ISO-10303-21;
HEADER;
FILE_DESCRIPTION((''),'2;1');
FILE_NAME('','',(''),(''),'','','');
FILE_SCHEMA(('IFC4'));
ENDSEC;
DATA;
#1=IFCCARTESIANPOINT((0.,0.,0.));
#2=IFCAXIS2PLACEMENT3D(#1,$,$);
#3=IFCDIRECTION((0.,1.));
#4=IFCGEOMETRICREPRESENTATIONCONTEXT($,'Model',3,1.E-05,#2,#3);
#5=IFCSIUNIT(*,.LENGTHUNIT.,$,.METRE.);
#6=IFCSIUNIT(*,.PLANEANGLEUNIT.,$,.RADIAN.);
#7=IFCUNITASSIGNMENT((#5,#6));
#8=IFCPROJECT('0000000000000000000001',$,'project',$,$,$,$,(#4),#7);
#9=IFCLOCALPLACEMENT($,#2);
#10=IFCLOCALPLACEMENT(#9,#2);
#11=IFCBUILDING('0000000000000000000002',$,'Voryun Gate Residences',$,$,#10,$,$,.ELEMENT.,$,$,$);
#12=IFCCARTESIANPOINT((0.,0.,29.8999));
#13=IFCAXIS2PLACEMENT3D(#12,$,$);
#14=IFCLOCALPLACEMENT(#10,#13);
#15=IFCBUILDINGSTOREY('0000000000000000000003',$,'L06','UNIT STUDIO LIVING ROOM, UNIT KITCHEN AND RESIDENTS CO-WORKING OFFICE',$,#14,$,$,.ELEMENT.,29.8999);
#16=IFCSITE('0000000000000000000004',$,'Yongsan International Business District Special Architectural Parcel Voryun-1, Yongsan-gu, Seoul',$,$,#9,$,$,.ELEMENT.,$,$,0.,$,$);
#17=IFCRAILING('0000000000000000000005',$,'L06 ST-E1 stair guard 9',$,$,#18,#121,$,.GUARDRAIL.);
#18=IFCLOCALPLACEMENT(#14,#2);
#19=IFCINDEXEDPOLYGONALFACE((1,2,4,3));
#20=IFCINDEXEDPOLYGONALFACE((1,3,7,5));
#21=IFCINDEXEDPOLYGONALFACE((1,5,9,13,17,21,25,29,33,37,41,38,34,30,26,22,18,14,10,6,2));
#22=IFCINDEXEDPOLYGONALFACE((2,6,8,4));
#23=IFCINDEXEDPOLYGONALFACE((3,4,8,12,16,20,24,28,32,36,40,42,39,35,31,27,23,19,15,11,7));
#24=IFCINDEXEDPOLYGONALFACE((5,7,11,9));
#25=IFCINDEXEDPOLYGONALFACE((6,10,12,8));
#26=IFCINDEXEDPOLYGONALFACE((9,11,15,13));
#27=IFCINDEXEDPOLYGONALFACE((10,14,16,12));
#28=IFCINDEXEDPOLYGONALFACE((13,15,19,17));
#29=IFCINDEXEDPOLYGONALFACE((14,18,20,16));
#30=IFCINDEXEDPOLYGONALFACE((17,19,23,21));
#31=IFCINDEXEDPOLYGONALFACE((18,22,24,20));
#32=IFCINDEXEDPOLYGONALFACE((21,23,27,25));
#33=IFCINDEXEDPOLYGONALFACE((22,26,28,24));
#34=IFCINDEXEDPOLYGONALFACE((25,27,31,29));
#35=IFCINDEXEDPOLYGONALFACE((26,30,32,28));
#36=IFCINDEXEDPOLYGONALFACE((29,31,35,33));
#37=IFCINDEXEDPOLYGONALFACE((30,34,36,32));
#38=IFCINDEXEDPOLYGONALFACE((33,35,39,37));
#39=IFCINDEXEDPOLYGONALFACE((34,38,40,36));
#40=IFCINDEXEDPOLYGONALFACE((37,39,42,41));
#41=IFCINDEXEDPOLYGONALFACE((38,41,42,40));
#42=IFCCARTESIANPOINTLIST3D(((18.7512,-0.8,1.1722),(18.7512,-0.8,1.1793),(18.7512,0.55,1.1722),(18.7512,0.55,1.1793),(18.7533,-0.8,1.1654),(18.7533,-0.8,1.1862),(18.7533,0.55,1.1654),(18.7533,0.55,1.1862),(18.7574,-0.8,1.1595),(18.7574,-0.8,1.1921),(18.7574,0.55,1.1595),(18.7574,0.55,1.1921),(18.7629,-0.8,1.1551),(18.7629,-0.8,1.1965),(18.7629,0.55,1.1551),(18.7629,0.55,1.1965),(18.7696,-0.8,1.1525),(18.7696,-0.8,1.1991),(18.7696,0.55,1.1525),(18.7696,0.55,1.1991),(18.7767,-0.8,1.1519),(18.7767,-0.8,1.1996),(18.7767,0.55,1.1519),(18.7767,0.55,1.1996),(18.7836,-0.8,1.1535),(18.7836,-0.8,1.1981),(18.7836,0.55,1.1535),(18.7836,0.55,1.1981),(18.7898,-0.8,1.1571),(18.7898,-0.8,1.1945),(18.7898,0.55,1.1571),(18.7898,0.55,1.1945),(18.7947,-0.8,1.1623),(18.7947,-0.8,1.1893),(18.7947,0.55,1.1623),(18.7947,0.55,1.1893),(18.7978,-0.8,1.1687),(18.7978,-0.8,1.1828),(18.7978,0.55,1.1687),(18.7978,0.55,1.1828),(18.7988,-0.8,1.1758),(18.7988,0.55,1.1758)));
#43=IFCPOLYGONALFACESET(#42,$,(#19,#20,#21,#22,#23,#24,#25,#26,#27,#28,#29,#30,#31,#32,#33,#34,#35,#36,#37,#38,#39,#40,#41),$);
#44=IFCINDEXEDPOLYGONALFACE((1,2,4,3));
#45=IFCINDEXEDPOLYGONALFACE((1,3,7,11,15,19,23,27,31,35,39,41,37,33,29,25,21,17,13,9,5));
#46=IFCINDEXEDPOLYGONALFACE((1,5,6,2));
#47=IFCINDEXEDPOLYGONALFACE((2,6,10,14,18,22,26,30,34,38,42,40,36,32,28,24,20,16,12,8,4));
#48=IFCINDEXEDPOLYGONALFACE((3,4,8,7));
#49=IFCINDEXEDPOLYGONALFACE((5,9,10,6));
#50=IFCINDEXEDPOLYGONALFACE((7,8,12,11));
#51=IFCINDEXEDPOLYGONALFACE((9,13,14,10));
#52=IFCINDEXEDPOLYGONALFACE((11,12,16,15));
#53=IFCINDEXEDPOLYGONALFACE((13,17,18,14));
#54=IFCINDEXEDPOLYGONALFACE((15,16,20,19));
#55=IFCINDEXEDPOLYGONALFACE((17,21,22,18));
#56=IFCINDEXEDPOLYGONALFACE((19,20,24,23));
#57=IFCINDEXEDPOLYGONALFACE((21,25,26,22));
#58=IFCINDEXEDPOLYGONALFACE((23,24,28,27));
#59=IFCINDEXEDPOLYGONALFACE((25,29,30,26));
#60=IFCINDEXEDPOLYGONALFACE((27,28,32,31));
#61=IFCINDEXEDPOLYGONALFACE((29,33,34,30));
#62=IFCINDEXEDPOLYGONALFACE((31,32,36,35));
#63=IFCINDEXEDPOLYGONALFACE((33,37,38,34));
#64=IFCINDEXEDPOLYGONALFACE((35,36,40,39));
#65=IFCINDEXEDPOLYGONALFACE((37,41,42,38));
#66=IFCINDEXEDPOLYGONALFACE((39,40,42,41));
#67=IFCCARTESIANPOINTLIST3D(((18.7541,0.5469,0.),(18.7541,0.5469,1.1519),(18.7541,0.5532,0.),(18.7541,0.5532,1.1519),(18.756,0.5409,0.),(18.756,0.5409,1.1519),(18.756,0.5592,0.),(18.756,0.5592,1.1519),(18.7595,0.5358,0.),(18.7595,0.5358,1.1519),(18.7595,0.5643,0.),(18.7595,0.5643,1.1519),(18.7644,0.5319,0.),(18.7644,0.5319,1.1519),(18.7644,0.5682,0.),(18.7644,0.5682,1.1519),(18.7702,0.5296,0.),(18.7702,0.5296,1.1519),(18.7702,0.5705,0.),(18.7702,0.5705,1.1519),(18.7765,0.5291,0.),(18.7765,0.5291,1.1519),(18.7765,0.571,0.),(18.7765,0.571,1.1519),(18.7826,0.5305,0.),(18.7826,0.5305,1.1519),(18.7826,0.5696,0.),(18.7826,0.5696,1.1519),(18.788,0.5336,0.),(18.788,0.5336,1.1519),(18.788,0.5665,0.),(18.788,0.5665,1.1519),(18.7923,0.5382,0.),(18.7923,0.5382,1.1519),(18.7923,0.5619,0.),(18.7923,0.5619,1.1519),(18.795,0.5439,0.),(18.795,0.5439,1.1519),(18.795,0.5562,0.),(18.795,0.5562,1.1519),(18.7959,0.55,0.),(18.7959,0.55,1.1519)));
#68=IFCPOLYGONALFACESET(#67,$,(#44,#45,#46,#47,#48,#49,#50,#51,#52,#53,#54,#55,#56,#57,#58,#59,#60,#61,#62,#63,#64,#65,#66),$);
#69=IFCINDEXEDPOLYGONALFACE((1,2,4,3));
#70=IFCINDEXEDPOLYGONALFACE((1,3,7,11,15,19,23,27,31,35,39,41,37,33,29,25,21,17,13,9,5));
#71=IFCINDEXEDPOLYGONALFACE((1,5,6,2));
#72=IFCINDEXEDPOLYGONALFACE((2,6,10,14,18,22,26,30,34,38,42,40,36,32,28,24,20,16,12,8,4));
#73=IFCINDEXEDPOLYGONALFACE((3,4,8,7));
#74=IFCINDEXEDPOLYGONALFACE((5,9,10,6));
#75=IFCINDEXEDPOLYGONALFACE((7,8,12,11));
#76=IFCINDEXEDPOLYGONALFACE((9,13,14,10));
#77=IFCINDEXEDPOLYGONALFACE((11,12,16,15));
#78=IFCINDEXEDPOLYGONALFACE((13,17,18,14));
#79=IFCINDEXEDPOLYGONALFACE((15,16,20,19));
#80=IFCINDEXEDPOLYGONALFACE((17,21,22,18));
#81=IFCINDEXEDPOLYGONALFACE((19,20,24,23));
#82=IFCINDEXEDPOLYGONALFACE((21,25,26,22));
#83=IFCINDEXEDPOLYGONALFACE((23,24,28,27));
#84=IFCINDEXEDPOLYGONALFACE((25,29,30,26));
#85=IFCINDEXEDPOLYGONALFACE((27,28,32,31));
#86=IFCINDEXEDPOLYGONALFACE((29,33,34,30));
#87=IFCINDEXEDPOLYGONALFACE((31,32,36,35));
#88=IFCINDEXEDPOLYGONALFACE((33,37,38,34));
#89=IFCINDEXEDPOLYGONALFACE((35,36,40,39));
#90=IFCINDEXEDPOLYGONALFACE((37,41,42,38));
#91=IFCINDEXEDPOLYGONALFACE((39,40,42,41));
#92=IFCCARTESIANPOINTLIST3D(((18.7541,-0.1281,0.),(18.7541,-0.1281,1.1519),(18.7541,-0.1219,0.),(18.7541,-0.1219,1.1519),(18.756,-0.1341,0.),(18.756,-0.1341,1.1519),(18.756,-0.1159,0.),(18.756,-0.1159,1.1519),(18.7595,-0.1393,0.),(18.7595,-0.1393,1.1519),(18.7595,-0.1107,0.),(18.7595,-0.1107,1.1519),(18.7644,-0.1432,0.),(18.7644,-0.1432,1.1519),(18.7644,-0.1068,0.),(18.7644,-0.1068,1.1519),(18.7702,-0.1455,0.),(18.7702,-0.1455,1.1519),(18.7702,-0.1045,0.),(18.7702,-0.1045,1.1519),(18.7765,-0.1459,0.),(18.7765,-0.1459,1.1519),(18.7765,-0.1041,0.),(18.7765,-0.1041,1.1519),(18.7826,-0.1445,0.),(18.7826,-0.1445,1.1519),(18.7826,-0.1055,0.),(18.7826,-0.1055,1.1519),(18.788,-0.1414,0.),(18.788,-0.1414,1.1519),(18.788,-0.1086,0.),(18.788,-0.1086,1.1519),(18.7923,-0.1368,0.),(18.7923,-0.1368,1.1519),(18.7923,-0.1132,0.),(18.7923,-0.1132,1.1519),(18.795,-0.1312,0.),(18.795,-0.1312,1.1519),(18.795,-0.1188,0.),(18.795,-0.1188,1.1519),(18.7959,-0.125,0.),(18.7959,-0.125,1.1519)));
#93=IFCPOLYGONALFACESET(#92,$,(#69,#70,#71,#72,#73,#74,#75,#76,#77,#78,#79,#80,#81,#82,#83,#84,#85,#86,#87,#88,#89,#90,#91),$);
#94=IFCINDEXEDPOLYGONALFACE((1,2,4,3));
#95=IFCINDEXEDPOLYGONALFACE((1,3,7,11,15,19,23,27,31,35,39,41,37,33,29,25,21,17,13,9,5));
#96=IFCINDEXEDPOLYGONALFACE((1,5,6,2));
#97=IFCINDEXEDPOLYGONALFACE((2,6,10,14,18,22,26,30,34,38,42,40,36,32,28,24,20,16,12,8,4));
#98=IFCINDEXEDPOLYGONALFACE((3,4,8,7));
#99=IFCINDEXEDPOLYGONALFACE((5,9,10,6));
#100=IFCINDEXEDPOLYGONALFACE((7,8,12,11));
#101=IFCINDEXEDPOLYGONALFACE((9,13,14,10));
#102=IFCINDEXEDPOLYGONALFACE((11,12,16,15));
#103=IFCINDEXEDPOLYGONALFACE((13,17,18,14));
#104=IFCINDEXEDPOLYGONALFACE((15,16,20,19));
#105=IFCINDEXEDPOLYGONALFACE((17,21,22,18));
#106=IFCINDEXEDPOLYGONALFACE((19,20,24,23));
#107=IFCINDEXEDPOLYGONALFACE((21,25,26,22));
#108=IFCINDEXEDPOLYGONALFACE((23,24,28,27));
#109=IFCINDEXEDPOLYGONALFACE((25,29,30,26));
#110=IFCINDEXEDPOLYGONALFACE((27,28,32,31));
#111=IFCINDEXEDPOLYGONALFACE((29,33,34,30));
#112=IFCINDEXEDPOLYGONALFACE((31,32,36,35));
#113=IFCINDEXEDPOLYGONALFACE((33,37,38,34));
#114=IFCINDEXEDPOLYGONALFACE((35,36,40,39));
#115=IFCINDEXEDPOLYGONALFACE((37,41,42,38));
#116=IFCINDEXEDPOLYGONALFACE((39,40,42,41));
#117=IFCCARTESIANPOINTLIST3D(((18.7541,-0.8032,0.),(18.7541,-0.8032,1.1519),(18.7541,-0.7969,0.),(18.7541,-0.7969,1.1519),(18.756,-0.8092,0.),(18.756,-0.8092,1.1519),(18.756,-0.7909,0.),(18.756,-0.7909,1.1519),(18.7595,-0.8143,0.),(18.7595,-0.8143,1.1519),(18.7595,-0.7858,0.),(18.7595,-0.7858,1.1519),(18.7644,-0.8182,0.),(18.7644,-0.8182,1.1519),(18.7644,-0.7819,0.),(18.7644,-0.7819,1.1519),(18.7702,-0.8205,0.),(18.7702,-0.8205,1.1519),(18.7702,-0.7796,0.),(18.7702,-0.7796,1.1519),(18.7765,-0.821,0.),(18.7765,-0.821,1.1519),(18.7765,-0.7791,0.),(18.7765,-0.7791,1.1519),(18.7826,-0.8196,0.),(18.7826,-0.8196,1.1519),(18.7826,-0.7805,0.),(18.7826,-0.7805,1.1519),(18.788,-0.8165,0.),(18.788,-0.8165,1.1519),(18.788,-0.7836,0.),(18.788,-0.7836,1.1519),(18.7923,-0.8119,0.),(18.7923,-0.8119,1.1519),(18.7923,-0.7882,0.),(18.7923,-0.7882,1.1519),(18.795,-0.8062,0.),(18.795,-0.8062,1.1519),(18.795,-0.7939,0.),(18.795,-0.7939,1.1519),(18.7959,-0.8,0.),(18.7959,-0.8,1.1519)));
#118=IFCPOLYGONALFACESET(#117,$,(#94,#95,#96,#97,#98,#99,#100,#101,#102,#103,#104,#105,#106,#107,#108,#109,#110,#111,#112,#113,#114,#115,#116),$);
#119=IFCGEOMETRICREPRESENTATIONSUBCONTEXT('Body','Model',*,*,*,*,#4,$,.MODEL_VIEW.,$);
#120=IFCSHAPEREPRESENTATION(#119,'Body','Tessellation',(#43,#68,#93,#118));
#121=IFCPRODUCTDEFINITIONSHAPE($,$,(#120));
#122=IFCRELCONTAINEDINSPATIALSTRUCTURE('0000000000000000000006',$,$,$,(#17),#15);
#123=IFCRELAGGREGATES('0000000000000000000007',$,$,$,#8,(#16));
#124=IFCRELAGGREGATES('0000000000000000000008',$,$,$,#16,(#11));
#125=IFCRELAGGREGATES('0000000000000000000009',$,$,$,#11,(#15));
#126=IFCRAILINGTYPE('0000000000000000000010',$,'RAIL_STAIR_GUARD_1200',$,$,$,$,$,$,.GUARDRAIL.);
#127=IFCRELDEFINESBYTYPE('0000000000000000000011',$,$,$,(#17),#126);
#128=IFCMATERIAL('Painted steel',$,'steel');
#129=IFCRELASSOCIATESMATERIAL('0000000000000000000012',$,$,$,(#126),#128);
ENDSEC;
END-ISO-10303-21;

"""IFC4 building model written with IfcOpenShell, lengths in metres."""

from ifc_helpers import new_model, si_unit, direction, frame, origin, origin_2d, place, context, subcontext, project, spatial, circle, extrude, material, type_object, element, save


model = new_model("IFC4")

# Units and contexts
model_context = context("Model", 3, precision=1e-05, world=origin(), true_north=direction((0.0, 1.0)))
body_context = subcontext(model_context, "Body", "Model", "MODEL_VIEW")
ifc_project = project(units=[si_unit("LENGTHUNIT", "METRE"), si_unit("PLANEANGLEUNIT", "RADIAN")], contexts=[model_context])

# Site, building, storey
site_placement = place(None, origin())
site = spatial("IfcSite", under=ifc_project, at=site_placement, Name="Yongsan International Business District Special Architectural Parcel Voryun-1, Yongsan-gu, Seoul", CompositionType="ELEMENT", RefElevation=0.0)
building_placement = place(site_placement, origin())
building = spatial("IfcBuilding", under=site, at=building_placement, Name="Voryun Gate Residences", CompositionType="ELEMENT")
storey_placement = place(building_placement, frame((0.0, 0.0, 29.8999)))
storey = spatial("IfcBuildingStorey", under=building, at=storey_placement, Name="L06", Description="UNIT STUDIO LIVING ROOM, UNIT KITCHEN AND RESIDENTS CO-WORKING OFFICE", CompositionType="ELEMENT", Elevation=29.8999)

# Railing
ifc_material_1 = material(Name="Painted steel", Category="steel")
railing_type = type_object("IfcRailingType", Name="RAIL_STAIR_GUARD_1200", PredefinedType="GUARDRAIL", material=ifc_material_1)
for number, where, name in (
    (1, (18.7749, 0.55, 0.0), "L06 ST-E1 stair guard 9"),
):
    element("IfcRailing", number, at=place(storey_placement, frame(where)), inside=storey, type_object=railing_type, Name=name, PredefinedType="GUARDRAIL", context=body_context, shape_type="SweptSolid", body=[
        extrude(circle(Radius=0.0239, at=origin_2d()), frame((0.0, 0.0, 1.1758), z_axis=(0.0, -1.0, 0.0), x_axis=(1.0, 0.0, 0.0)), (0.0, 0.0, 1.0), 1.3501),
        extrude(circle(Radius=0.021, at=origin_2d()), origin(), (0.0, 0.0, 1.0), 1.1519),
        extrude(circle(Radius=0.021, at=origin_2d()), frame((0.0, -0.675, 0.0)), (0.0, 0.0, 1.0), 1.1519),
        extrude(circle(Radius=0.021, at=origin_2d()), frame((0.0, -1.3501, 0.0)), (0.0, 0.0, 1.0), 1.1519),
    ])

save(model, "model.ifc")
